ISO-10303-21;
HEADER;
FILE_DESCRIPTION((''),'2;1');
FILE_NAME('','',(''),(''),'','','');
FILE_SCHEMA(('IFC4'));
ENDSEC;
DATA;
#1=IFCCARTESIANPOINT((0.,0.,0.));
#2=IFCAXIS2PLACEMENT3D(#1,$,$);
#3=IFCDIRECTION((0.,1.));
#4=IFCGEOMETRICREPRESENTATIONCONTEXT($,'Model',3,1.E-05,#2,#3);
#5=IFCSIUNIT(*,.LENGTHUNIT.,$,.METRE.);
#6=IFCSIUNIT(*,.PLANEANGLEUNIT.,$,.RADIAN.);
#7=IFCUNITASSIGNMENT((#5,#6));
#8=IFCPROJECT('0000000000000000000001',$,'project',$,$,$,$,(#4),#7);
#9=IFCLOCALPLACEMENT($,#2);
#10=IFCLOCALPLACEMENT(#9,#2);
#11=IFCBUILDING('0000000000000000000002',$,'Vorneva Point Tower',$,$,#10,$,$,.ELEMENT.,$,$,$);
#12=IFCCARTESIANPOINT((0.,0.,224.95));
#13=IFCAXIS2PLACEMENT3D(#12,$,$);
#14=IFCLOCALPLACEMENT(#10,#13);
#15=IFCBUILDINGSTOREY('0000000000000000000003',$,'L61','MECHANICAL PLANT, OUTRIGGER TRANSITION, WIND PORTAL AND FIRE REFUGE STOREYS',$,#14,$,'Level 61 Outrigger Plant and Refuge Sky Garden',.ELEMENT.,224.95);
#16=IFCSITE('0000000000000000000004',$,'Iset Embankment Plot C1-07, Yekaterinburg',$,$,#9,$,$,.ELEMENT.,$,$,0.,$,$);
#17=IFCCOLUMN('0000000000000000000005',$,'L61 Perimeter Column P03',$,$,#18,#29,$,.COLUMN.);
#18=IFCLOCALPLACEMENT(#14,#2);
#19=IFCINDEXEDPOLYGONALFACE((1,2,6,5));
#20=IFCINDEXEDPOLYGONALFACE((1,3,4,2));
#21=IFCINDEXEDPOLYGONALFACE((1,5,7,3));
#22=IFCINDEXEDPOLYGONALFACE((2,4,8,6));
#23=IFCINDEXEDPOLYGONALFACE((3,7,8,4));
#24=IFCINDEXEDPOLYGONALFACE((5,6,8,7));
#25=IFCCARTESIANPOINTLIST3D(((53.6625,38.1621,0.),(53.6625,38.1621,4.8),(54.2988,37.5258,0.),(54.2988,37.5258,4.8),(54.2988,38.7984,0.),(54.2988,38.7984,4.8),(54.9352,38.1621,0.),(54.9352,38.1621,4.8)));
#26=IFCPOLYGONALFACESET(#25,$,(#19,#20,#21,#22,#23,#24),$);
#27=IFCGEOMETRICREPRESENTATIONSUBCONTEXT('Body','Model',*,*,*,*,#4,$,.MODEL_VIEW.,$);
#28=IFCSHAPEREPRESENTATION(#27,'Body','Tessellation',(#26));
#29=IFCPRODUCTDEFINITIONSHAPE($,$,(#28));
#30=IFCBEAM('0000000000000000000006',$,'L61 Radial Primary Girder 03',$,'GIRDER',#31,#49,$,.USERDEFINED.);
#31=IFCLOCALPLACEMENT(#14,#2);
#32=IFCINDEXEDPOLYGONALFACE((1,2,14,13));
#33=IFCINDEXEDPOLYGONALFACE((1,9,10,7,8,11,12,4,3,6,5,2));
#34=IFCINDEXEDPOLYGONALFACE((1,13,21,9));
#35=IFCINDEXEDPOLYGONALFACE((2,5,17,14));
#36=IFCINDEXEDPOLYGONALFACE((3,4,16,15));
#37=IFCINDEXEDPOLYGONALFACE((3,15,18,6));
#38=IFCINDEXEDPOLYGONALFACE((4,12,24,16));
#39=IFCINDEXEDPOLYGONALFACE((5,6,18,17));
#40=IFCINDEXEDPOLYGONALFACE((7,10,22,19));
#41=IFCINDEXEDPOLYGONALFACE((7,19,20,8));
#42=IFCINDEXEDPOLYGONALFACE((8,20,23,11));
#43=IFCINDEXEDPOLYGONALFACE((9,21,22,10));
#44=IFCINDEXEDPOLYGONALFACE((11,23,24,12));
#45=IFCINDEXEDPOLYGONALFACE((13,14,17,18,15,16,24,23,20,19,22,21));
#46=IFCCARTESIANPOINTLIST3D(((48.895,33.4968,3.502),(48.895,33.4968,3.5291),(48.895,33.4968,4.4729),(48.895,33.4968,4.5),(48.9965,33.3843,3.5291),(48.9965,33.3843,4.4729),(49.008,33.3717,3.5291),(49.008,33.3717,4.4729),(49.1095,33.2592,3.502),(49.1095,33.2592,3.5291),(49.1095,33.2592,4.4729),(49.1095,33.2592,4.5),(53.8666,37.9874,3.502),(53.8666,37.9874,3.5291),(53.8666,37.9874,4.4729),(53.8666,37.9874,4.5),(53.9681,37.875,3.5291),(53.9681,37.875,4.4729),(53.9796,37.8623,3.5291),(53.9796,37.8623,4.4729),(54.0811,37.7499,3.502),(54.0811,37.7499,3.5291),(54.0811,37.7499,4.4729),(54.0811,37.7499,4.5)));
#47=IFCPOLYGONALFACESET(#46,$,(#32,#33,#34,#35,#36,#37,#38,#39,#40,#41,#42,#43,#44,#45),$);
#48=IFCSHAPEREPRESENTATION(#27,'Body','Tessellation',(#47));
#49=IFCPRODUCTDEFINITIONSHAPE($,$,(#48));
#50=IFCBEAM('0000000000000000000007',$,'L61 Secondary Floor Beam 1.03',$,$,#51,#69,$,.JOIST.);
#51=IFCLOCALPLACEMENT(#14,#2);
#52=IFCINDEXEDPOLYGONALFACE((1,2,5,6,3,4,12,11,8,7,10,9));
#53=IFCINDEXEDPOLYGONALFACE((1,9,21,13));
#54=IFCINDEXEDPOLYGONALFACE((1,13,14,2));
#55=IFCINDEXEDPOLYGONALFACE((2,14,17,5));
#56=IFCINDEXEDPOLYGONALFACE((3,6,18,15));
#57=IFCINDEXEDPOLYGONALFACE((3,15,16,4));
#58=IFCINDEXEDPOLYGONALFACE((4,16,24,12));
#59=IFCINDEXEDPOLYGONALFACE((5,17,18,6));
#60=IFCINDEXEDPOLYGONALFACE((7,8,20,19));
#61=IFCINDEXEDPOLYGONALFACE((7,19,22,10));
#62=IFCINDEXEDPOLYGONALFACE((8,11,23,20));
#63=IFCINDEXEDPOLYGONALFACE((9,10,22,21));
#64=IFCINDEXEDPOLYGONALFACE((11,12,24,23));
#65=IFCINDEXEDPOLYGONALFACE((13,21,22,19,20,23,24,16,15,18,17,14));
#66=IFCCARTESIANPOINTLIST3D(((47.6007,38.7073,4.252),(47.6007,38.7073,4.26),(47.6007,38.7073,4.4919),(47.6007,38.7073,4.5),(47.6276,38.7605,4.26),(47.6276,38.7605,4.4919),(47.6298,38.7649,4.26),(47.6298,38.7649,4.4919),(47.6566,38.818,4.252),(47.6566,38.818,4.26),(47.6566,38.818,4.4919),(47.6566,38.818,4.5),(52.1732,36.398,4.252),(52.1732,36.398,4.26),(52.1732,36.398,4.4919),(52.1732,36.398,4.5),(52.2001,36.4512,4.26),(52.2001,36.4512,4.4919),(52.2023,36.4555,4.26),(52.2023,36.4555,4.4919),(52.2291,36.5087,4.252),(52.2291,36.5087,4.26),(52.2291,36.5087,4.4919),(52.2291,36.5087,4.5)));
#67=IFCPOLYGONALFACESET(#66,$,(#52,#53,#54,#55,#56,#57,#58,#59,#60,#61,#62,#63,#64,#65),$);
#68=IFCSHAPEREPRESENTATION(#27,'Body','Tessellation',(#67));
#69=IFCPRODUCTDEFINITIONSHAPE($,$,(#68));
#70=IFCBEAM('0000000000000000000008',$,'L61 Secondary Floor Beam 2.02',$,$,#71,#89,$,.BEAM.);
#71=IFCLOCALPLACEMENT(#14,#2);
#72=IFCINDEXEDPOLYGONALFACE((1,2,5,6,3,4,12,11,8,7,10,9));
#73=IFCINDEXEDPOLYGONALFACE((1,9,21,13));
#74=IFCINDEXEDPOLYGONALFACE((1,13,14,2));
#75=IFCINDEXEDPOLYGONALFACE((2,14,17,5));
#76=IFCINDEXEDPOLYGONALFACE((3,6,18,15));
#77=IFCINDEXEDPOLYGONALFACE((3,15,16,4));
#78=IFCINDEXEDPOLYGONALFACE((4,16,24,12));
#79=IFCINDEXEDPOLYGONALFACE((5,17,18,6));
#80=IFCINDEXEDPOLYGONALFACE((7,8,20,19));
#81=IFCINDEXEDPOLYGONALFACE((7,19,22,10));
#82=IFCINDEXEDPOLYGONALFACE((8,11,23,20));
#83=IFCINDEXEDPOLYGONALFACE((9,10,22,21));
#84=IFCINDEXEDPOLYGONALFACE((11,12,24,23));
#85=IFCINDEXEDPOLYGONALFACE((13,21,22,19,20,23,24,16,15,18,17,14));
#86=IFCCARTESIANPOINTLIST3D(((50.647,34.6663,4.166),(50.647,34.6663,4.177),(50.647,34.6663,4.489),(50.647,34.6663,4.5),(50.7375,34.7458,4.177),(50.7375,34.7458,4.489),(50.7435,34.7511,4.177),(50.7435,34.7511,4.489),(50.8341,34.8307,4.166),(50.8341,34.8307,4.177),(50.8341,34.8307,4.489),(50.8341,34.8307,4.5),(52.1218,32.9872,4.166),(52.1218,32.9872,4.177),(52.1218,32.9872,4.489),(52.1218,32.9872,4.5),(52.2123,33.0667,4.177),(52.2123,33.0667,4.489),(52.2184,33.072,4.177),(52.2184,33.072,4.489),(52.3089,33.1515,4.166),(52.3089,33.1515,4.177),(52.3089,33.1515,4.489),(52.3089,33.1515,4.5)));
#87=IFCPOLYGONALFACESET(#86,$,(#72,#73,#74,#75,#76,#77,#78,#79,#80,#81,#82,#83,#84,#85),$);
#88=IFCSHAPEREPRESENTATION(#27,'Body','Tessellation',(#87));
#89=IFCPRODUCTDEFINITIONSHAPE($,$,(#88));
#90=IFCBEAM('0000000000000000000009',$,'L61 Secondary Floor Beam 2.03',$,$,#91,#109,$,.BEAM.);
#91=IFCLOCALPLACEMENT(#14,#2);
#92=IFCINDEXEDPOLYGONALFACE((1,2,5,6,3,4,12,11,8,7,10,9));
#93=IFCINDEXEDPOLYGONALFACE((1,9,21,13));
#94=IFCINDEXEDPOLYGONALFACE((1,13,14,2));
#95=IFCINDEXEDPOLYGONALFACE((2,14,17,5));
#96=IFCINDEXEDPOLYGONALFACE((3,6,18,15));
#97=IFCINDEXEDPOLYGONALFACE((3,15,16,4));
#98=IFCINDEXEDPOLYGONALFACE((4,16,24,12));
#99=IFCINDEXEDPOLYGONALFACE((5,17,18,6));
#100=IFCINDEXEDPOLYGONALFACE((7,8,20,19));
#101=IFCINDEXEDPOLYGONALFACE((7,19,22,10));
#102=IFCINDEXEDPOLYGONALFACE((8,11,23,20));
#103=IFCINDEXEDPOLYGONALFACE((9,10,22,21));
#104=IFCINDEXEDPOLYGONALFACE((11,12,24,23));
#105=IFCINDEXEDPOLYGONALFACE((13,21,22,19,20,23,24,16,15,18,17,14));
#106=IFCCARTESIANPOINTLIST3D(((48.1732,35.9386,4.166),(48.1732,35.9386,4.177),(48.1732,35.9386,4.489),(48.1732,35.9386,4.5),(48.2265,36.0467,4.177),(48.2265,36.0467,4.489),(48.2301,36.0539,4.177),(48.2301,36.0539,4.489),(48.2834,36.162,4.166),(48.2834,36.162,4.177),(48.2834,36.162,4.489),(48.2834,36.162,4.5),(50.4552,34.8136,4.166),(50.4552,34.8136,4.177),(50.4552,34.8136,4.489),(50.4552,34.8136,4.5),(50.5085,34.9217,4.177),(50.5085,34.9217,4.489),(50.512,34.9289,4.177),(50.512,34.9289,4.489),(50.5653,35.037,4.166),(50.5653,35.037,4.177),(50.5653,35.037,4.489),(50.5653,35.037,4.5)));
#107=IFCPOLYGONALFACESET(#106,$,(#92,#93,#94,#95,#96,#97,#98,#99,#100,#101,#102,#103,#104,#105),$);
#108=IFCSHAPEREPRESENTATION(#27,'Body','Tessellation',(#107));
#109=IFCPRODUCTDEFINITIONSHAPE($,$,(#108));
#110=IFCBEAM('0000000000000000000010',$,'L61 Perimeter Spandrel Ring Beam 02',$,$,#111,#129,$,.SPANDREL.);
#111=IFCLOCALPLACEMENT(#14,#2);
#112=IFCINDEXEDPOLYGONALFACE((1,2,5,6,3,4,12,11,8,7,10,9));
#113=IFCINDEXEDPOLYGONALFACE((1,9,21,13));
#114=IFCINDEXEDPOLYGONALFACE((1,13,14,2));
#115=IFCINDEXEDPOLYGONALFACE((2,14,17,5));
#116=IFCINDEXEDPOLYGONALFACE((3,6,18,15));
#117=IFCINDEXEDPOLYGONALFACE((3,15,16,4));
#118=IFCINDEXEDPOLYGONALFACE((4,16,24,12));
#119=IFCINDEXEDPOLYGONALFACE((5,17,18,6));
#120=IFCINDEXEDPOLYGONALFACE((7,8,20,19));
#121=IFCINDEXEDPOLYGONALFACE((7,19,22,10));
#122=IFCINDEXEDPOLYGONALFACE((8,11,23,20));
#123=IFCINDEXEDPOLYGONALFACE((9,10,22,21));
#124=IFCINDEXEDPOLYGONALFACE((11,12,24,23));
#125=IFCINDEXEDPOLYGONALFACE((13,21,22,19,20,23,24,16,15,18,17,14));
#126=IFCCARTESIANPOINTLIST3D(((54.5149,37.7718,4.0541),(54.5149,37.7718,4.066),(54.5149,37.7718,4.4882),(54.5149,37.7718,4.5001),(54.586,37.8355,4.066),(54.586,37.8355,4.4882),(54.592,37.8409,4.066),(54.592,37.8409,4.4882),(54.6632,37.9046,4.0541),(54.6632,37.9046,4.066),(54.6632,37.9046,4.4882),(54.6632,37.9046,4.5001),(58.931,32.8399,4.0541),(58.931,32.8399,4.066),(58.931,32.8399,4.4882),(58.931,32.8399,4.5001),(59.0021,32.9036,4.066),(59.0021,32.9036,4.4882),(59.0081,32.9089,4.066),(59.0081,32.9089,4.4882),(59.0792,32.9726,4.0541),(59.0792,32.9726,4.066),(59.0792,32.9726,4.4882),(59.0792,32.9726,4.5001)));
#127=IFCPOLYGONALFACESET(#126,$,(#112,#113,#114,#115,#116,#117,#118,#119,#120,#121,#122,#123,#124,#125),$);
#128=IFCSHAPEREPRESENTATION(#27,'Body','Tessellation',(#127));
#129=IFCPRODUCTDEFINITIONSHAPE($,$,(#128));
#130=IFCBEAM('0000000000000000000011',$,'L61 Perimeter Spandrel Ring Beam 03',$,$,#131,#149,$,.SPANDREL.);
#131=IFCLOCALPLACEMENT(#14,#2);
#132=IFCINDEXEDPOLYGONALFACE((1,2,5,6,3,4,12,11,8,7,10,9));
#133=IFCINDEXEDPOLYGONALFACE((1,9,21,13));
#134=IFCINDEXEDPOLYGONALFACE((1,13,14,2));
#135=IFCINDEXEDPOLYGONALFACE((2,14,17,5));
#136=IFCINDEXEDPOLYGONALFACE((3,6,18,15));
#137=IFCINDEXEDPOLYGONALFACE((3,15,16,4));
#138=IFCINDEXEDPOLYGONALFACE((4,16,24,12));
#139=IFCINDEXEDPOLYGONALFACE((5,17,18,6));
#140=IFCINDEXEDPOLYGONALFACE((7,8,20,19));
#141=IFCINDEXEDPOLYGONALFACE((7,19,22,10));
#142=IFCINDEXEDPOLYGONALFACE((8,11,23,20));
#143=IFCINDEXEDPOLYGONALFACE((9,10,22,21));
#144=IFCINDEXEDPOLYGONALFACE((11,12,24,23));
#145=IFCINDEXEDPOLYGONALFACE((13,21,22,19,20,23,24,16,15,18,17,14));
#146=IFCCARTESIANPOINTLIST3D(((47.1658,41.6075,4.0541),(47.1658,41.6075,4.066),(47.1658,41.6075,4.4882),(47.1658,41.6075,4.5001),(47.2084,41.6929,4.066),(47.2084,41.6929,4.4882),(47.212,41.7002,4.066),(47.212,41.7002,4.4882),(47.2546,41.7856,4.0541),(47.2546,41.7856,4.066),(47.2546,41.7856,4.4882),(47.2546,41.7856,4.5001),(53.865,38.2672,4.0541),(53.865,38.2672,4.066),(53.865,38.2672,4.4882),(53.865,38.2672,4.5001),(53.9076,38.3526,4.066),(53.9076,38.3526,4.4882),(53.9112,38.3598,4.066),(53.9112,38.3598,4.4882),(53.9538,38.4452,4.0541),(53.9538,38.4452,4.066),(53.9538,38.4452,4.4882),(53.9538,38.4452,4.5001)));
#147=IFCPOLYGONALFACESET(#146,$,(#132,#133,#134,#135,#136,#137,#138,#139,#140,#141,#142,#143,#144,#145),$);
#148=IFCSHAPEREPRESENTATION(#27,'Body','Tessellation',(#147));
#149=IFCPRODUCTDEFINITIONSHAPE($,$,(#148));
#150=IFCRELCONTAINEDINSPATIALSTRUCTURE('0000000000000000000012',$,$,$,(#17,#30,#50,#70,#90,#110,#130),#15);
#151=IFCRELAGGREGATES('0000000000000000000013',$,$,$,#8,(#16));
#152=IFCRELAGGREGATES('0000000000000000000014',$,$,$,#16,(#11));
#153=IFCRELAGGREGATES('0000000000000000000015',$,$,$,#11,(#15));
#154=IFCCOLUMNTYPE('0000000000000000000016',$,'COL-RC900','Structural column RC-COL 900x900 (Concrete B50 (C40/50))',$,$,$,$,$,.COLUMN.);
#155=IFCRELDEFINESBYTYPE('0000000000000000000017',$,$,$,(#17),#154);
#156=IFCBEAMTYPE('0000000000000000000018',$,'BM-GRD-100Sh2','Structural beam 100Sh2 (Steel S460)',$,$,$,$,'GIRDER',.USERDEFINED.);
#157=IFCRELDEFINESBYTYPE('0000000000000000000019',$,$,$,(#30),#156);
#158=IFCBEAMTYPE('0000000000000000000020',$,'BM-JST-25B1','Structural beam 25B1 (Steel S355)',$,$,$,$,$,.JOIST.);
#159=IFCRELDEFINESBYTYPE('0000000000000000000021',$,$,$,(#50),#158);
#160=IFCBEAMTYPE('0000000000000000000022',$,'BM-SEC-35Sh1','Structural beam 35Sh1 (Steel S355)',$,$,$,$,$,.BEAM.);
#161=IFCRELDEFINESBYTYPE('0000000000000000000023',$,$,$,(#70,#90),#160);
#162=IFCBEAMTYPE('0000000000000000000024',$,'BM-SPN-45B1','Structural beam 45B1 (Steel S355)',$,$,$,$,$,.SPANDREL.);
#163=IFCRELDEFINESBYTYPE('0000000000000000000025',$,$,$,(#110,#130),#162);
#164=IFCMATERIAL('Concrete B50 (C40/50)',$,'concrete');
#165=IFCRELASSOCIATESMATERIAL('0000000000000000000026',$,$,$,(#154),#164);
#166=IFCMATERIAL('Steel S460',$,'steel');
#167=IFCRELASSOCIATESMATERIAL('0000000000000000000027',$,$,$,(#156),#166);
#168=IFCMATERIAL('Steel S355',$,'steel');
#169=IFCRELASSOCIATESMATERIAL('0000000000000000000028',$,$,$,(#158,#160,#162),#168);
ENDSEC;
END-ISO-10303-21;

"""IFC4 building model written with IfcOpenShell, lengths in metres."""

from ifc_helpers import new_model, si_unit, direction, frame, origin, origin_2d, place, context, subcontext, project, spatial, rectangle, i_section, extrude, material, material_profile, profile_set, type_object, element, save


model = new_model("IFC4")

# Units and contexts
model_context = context("Model", 3, precision=1e-05, world=origin(), true_north=direction((0.0, 1.0)))
body_context = subcontext(model_context, "Body", "Model", "MODEL_VIEW")
ifc_project = project(units=[si_unit("LENGTHUNIT", "METRE"), si_unit("PLANEANGLEUNIT", "RADIAN")], contexts=[model_context])

# Site, building, storey
site_placement = place(None, origin())
site = spatial("IfcSite", under=ifc_project, at=site_placement, Name="Iset Embankment Plot C1-07, Yekaterinburg", CompositionType="ELEMENT", RefElevation=0.0)
building_placement = place(site_placement, origin())
building = spatial("IfcBuilding", under=site, at=building_placement, Name="Vorneva Point Tower", CompositionType="ELEMENT")
storey_placement = place(building_placement, frame((0.0, 0.0, 224.95)))
storey = spatial("IfcBuildingStorey", under=building, at=storey_placement, Name="L61", Description="MECHANICAL PLANT, OUTRIGGER TRANSITION, WIND PORTAL AND FIRE REFUGE STOREYS", LongName="Level 61 Outrigger Plant and Refuge Sky Garden", CompositionType="ELEMENT", Elevation=224.95)

# Column
ifc_material_1 = material(Name="Concrete B50 (C40/50)", Category="concrete")
ifc_material_profile_1 = material_profile(ifc_material_1, rectangle(XDim=0.8999, YDim=0.8999, at=origin_2d()), Name="RC-COL 900x900")
ifc_profile_set_1 = profile_set([ifc_material_profile_1], Name="Concrete B50 (C40/50)")
column_type = type_object("IfcColumnType", Name="COL-RC900", Description="Structural column RC-COL 900x900 (Concrete B50 (C40/50))", PredefinedType="COLUMN", material=ifc_profile_set_1)
column_placement = place(storey_placement, frame((54.2988, 38.1621, 0.0), z_axis=(0.0, 0.0, 1.0), x_axis=(0.707107, 0.707107, 0.0)))
element("IfcColumn", 1, at=column_placement, inside=storey, type_object=column_type, Name="L61 Perimeter Column P03", PredefinedType="COLUMN", context=body_context, shape_type="SweptSolid", body=[
    extrude(rectangle(XDim=0.8999, YDim=0.8999, at=origin_2d()), origin(), (0.0, 0.0, 1.0), 4.8),
])

# Beams
ifc_material_2 = material(Name="Steel S460", Category="steel")
ifc_material_profile_2 = material_profile(ifc_material_2, i_section(OverallWidth=0.3201, OverallDepth=0.998, WebThickness=0.0171, FlangeThickness=0.0271, at=origin_2d()), Name="100Sh2")
ifc_profile_set_2 = profile_set([ifc_material_profile_2], Name="Steel S460")
beam_type_1 = type_object("IfcBeamType", Name="BM-GRD-100Sh2", Description="Structural beam 100Sh2 (Steel S460)", ElementType="GIRDER", PredefinedType="USERDEFINED", material=ifc_profile_set_2)
beam_1_placement = place(storey_placement, frame((53.9739, 37.8687, 4.001), z_axis=(-0.74209, -0.670301, 0.0), x_axis=(0.670301, -0.74209, 0.0)))
element("IfcBeam", 2, at=beam_1_placement, inside=storey, type_object=beam_type_1, Name="L61 Radial Primary Girder 03", ObjectType="GIRDER", PredefinedType="USERDEFINED", context=body_context, shape_type="SweptSolid", body=[
    extrude(i_section(OverallWidth=0.3201, OverallDepth=0.998, WebThickness=0.0171, FlangeThickness=0.0271, at=origin_2d()), origin(), (0.0, 0.0, 1.0), 6.6995),
])
ifc_material_3 = material(Name="Steel S355", Category="steel")
ifc_material_profile_3 = material_profile(ifc_material_3, i_section(OverallWidth=0.124, OverallDepth=0.248, WebThickness=0.0049, FlangeThickness=0.0081, at=origin_2d()), Name="25B1")
ifc_profile_set_3 = profile_set([ifc_material_profile_3], Name="Steel S355")
beam_type_2 = type_object("IfcBeamType", Name="BM-JST-25B1", Description="Structural beam 25B1 (Steel S355)", PredefinedType="JOIST", material=ifc_profile_set_3)
beam_2_placement = place(storey_placement, frame((52.2012, 36.4534, 4.376), z_axis=(-0.892618, 0.450813, 0.0), x_axis=(-0.450813, -0.892618, 0.0)))
element("IfcBeam", 3, at=beam_2_placement, inside=storey, type_object=beam_type_2, Name="L61 Secondary Floor Beam 1.03", PredefinedType="JOIST", context=body_context, shape_type="SweptSolid", body=[
    extrude(i_section(OverallWidth=0.124, OverallDepth=0.248, WebThickness=0.0049, FlangeThickness=0.0081, at=origin_2d()), origin(), (0.0, 0.0, 1.0), 5.1226),
])
ifc_material_profile_4 = material_profile(ifc_material_3, i_section(OverallWidth=0.249, OverallDepth=0.334, WebThickness=0.0081, FlangeThickness=0.011, at=origin_2d()), Name="35Sh1")
ifc_profile_set_4 = profile_set([ifc_material_profile_4], Name="Steel S355")
beam_type_3 = type_object("IfcBeamType", Name="BM-SEC-35Sh1", Description="Structural beam 35Sh1 (Steel S355)", PredefinedType="BEAM", material=ifc_profile_set_4)
beam_3_placement = place(storey_placement, frame((52.2153, 33.0693, 4.333), z_axis=(-0.659911, 0.751344, 0.0), x_axis=(-0.751344, -0.659911, 0.0)))
element("IfcBeam", 4, at=beam_3_placement, inside=storey, type_object=beam_type_3, Name="L61 Secondary Floor Beam 2.02", PredefinedType="BEAM", context=body_context, shape_type="SweptSolid", body=[
    extrude(i_section(OverallWidth=0.249, OverallDepth=0.334, WebThickness=0.0081, FlangeThickness=0.011, at=origin_2d()), origin(), (0.0, 0.0, 1.0), 2.2349),
])
beam_4_placement = place(storey_placement, frame((50.5103, 34.9253, 4.333), z_axis=(-0.896927, 0.442178, 0.0), x_axis=(-0.442178, -0.896927, 0.0)))
element("IfcBeam", 5, at=beam_4_placement, inside=storey, type_object=beam_type_3, Name="L61 Secondary Floor Beam 2.03", PredefinedType="BEAM", context=body_context, shape_type="SweptSolid", body=[
    extrude(i_section(OverallWidth=0.249, OverallDepth=0.334, WebThickness=0.0081, FlangeThickness=0.011, at=origin_2d()), origin(), (0.0, 0.0, 1.0), 2.5442),
])
ifc_material_profile_5 = material_profile(ifc_material_3, i_section(OverallWidth=0.199, OverallDepth=0.446, WebThickness=0.0081, FlangeThickness=0.012, at=origin_2d()), Name="45B1")
ifc_profile_set_5 = profile_set([ifc_material_profile_5], Name="Steel S355")
beam_type_4 = type_object("IfcBeamType", Name="BM-SPN-45B1", Description="Structural beam 45B1 (Steel S355)", PredefinedType="SPANDREL", material=ifc_profile_set_5)
beam_5_placement = place(storey_placement, frame((59.0051, 32.9062, 4.2771), z_axis=(-0.66707, 0.744995, 0.0), x_axis=(-0.744995, -0.66707, 0.0)))
element("IfcBeam", 6, at=beam_5_placement, inside=storey, type_object=beam_type_4, Name="L61 Perimeter Spandrel Ring Beam 02", PredefinedType="SPANDREL", context=body_context, shape_type="SweptSolid", body=[
    extrude(i_section(OverallWidth=0.199, OverallDepth=0.446, WebThickness=0.0081, FlangeThickness=0.012, at=origin_2d()), origin(), (0.0, 0.0, 1.0), 6.6201),
])
beam_6_placement = place(storey_placement, frame((53.9094, 38.3562, 4.2771), z_axis=(-0.894922, 0.446222, 0.0), x_axis=(-0.446222, -0.894922, 0.0)))
element("IfcBeam", 7, at=beam_6_placement, inside=storey, type_object=beam_type_4, Name="L61 Perimeter Spandrel Ring Beam 03", PredefinedType="SPANDREL", context=body_context, shape_type="SweptSolid", body=[
    extrude(i_section(OverallWidth=0.199, OverallDepth=0.446, WebThickness=0.0081, FlangeThickness=0.012, at=origin_2d()), origin(), (0.0, 0.0, 1.0), 7.4858),
])

save(model, "model.ifc")
